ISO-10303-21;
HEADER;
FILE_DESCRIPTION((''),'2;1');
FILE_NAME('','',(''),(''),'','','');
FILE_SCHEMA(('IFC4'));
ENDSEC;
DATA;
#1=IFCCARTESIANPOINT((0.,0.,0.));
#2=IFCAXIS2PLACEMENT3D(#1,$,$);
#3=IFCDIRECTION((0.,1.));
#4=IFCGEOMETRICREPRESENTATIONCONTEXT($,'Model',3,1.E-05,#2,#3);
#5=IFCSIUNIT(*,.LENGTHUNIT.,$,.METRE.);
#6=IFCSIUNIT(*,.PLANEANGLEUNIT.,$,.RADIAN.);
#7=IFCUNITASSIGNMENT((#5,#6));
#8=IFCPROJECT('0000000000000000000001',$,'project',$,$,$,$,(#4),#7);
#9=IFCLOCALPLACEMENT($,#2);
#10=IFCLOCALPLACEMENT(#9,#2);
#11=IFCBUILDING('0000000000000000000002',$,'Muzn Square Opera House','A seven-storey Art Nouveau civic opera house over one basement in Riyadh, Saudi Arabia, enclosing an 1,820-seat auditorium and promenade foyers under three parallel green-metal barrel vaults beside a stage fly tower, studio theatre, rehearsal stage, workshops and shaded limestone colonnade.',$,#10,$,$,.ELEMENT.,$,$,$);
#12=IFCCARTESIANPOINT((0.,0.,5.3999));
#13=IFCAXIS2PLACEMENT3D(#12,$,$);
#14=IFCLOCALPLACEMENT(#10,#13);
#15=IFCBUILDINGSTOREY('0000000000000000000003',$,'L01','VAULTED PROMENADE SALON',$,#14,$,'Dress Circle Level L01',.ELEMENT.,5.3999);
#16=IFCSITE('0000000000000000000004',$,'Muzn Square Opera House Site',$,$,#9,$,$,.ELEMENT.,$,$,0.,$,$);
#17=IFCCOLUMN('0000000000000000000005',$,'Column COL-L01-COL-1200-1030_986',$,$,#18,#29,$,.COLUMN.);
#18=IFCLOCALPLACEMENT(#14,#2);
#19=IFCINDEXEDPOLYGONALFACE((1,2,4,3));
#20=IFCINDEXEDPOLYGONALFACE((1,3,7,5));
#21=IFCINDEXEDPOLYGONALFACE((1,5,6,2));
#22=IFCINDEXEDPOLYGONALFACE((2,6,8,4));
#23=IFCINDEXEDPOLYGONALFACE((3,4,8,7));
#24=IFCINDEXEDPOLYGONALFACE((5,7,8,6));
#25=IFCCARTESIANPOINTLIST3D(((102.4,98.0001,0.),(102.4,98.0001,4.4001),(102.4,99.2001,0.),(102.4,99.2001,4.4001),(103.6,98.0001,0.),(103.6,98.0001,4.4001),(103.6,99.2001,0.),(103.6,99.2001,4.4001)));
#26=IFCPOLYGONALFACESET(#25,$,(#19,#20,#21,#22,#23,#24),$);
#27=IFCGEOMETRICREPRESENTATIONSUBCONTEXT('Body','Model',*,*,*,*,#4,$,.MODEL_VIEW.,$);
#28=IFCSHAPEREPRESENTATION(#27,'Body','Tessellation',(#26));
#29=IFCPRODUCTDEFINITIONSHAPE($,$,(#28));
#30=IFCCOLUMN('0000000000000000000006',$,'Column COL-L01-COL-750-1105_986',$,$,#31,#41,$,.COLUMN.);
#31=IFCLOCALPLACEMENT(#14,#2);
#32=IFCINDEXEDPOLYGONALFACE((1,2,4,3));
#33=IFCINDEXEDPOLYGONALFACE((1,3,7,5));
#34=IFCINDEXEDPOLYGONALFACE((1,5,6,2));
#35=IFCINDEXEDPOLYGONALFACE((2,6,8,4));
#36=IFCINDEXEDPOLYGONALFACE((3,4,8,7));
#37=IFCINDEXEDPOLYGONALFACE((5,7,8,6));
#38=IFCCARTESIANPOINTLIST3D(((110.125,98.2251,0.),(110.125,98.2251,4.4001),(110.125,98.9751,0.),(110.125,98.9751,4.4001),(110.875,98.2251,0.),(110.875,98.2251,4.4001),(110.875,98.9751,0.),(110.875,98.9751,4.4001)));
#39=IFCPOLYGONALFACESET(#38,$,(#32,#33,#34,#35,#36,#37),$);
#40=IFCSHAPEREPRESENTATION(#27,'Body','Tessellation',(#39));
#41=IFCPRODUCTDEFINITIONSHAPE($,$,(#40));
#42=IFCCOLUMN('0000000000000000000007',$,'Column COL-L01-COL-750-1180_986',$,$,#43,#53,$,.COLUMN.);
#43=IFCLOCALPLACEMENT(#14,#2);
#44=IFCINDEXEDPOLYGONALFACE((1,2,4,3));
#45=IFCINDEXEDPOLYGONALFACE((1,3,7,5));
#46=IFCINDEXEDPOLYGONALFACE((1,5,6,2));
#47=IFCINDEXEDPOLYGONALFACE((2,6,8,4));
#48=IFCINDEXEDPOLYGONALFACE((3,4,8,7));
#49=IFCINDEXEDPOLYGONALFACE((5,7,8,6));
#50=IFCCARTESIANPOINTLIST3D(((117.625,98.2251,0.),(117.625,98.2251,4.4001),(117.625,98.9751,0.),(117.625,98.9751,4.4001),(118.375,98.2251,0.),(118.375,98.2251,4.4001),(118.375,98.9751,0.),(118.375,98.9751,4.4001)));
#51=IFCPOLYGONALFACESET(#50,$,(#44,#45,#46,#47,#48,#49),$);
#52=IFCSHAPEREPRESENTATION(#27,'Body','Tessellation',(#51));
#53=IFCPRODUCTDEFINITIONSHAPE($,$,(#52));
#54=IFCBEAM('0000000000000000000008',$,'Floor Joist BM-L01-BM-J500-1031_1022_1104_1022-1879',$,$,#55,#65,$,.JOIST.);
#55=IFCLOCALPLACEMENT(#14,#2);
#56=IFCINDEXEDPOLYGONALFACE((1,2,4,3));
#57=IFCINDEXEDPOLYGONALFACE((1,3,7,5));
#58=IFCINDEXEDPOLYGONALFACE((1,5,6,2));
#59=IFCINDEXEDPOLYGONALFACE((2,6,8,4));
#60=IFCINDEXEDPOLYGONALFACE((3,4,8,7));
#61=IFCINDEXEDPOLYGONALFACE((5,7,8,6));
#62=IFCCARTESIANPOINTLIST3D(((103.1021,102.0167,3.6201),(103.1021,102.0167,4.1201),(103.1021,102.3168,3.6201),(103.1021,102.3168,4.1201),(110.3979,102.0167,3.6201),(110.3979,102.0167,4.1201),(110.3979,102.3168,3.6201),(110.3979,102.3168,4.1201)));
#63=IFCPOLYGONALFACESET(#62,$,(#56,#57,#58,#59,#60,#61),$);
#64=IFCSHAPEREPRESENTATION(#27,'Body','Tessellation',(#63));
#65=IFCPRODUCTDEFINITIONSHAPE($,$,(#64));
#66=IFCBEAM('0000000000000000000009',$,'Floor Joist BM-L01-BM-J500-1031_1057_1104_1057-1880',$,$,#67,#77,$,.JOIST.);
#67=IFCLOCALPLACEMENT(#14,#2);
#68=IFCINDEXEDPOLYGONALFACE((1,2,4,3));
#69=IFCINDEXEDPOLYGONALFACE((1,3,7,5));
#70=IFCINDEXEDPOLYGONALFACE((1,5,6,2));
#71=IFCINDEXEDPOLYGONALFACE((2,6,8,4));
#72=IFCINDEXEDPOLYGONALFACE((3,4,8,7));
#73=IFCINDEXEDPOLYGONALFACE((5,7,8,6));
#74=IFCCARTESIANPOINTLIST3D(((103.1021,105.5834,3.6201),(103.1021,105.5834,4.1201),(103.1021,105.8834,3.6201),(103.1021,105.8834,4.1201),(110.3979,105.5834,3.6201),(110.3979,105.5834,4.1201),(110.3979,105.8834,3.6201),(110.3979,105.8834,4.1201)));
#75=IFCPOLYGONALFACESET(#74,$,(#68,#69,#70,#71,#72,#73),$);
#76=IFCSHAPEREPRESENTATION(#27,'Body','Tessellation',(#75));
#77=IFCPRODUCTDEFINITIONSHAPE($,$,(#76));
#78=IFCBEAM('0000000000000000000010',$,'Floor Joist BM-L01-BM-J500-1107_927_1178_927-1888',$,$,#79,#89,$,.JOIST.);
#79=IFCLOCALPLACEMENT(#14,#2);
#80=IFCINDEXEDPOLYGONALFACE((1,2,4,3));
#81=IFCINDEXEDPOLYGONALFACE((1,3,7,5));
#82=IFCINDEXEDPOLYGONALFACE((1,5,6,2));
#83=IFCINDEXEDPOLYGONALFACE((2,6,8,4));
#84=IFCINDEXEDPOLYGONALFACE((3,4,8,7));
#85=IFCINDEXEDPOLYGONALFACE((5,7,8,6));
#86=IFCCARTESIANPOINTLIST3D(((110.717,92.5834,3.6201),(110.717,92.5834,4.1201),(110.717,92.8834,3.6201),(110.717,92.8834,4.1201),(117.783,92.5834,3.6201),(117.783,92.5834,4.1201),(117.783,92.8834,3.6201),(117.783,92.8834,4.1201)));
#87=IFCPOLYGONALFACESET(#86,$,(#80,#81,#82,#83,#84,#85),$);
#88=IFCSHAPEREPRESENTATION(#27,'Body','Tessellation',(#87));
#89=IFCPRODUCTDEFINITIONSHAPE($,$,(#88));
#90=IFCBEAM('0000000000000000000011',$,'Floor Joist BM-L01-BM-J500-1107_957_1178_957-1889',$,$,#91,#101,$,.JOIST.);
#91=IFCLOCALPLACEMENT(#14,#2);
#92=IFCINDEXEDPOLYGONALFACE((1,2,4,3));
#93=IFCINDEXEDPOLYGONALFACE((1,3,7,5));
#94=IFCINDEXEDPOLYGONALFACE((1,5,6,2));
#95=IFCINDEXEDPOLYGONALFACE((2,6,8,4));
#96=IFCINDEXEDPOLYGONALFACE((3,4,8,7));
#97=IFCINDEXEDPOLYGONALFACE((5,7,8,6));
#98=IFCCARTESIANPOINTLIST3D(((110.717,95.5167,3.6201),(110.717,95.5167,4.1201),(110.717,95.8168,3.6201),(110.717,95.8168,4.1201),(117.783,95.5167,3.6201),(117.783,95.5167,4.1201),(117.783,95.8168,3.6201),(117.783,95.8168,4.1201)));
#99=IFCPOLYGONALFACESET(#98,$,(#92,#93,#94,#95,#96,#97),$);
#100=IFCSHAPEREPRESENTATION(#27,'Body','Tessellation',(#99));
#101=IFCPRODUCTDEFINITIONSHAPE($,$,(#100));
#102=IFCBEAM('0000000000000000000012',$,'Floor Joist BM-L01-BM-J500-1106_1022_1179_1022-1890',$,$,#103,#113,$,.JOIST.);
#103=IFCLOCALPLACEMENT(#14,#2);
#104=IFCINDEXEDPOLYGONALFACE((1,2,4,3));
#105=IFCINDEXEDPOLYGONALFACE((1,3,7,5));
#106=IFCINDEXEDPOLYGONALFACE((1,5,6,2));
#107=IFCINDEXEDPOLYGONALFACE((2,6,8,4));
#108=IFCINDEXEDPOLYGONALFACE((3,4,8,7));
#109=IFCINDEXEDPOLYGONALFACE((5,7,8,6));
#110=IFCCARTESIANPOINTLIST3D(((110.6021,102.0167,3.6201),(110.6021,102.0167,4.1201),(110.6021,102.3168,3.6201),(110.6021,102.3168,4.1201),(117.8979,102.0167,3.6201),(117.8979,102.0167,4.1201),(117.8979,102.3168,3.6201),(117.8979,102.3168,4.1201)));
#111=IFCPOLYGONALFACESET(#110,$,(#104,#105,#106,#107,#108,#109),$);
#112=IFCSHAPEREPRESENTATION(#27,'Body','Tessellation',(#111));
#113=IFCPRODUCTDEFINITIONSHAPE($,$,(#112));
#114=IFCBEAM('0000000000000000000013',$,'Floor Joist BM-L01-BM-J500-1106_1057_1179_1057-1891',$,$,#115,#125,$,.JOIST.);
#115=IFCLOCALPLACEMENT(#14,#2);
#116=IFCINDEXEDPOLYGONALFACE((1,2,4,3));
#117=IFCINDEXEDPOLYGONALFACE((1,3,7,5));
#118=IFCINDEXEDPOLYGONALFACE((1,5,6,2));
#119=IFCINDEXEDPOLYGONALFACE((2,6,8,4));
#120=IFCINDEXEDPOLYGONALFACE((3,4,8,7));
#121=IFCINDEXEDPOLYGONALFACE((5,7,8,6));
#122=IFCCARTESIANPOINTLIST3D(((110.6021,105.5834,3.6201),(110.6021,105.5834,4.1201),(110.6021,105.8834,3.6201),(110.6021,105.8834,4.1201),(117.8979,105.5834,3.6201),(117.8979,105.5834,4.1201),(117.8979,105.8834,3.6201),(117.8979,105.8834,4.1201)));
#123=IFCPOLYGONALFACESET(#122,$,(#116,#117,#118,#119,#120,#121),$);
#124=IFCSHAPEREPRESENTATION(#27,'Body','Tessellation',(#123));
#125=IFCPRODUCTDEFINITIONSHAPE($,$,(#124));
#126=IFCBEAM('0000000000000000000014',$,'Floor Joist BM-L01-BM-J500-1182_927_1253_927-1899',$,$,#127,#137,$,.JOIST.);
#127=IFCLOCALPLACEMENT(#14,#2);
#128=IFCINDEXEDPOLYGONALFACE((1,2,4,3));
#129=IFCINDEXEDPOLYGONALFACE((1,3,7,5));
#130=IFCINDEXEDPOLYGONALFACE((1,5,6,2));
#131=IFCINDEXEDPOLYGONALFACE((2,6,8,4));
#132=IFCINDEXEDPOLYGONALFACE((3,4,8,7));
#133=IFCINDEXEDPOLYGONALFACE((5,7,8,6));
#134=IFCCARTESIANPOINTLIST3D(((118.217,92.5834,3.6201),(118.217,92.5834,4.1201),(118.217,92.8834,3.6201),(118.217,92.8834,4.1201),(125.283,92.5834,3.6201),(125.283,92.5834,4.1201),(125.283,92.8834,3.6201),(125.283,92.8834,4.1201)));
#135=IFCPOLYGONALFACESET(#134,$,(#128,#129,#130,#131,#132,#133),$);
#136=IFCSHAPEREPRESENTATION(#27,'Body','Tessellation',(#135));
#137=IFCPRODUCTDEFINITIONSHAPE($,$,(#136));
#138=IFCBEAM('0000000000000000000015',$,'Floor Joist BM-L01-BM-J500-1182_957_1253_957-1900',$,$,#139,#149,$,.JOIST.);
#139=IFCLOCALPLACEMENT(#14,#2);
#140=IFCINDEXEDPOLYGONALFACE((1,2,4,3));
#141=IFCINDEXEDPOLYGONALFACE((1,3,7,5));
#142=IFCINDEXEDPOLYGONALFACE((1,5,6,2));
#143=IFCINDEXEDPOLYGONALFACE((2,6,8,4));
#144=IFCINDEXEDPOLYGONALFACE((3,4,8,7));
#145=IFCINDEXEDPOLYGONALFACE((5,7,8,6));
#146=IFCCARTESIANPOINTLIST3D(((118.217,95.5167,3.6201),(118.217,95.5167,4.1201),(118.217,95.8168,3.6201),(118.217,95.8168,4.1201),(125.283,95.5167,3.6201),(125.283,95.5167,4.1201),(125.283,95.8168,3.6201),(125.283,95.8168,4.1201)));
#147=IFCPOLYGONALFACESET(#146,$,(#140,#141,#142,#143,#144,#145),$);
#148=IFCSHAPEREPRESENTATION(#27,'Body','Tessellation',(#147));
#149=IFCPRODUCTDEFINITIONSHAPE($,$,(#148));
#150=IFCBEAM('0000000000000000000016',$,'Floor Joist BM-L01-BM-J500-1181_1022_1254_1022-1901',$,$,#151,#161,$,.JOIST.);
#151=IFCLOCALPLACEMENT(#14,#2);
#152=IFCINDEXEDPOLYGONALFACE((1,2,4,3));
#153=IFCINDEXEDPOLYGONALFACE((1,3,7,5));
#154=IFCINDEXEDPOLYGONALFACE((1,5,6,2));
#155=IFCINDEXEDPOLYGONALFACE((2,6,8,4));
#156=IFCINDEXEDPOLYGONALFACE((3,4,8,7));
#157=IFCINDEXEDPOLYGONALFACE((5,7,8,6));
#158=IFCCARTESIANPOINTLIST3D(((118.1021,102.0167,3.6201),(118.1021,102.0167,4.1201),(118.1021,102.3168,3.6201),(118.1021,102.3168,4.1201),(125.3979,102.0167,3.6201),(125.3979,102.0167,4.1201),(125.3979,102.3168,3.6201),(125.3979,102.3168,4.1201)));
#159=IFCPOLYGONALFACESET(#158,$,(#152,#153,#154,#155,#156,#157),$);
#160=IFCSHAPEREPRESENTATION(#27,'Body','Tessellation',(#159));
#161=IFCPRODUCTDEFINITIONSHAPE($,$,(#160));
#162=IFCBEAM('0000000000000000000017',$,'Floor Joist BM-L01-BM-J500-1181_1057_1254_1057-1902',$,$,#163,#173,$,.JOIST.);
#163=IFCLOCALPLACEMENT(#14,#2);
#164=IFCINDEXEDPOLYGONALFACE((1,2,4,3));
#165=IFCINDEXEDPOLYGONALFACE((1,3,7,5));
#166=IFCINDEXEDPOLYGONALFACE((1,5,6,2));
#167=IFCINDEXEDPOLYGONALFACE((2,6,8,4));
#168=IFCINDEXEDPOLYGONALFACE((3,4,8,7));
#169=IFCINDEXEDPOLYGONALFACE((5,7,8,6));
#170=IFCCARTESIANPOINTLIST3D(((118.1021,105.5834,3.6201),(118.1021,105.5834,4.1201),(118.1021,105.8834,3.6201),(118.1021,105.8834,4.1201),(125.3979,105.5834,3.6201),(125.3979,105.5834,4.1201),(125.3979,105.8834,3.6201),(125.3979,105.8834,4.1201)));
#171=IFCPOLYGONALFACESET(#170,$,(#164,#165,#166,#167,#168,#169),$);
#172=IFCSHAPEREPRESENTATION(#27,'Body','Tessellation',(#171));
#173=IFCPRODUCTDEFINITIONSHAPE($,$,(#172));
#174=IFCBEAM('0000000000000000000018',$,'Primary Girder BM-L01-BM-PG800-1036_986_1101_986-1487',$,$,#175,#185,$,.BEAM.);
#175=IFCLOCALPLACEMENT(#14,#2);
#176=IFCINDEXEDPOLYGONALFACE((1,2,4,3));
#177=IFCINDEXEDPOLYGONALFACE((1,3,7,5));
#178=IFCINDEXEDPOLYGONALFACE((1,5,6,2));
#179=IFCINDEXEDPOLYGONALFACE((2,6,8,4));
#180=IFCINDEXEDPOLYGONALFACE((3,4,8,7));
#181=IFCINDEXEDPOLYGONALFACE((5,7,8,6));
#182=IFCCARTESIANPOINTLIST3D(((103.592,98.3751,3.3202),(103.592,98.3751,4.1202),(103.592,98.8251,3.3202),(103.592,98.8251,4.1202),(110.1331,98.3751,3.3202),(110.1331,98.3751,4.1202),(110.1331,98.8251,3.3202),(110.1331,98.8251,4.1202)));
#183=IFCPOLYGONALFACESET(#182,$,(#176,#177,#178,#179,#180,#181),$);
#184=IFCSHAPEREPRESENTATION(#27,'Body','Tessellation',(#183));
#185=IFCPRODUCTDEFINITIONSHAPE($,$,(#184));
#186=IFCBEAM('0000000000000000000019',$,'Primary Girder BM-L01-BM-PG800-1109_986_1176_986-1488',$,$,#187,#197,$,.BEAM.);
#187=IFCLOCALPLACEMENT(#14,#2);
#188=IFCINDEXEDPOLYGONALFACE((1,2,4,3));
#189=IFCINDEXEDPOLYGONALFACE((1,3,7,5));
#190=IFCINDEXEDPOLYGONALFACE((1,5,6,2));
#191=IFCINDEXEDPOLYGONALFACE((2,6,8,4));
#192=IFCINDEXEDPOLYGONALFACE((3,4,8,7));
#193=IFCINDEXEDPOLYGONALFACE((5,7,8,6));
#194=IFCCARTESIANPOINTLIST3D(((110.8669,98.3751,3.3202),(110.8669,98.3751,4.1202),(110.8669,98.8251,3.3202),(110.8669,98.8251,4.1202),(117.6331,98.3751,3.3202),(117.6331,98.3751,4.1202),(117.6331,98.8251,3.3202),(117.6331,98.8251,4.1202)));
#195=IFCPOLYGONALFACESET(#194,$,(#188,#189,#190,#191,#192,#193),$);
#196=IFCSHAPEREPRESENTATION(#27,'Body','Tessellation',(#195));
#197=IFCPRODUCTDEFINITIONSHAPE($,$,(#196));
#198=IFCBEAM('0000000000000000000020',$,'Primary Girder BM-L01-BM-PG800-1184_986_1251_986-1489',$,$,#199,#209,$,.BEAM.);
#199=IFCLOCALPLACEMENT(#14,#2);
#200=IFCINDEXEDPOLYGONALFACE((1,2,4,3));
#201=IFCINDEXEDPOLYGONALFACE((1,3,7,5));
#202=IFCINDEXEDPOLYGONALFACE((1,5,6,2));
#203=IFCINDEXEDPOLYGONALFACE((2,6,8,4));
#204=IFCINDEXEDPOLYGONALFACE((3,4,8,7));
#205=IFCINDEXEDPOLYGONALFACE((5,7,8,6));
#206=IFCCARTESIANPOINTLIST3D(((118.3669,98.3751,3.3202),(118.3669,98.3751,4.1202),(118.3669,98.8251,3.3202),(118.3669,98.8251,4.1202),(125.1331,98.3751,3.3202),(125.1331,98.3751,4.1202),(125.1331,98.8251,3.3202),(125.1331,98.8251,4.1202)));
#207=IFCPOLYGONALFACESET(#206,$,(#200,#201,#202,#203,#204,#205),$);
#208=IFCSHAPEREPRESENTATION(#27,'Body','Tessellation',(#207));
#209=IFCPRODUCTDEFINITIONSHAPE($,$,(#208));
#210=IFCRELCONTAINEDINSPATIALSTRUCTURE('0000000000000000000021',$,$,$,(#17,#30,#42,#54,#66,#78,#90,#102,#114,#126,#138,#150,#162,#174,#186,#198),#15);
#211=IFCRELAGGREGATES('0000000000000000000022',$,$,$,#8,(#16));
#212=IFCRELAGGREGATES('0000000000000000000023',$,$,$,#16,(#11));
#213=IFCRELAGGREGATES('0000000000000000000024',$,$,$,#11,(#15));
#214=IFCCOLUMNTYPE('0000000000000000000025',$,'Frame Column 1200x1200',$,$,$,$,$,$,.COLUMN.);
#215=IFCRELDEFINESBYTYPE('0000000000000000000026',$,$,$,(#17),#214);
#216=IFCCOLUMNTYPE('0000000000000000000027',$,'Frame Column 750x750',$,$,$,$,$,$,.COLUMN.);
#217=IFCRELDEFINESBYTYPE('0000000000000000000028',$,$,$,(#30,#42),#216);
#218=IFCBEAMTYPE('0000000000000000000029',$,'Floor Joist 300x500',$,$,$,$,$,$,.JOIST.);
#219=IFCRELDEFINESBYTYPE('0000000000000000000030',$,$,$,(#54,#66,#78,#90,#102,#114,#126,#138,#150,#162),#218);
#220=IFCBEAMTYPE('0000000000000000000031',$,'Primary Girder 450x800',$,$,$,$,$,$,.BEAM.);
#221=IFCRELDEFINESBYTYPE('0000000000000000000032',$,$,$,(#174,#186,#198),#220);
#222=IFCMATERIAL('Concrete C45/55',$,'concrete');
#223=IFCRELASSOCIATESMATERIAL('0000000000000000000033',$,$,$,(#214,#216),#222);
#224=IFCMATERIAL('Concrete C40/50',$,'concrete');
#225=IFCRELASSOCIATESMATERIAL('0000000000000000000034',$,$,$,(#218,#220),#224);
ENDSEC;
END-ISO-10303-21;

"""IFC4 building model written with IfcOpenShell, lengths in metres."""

from ifc_helpers import new_model, si_unit, direction, frame, origin, origin_2d, place, context, subcontext, project, spatial, rectangle, extrude, material, material_profile, profile_set, type_object, element, save


model = new_model("IFC4")

# Units and contexts
model_context = context("Model", 3, precision=1e-05, world=origin(), true_north=direction((0.0, 1.0)))
body_context = subcontext(model_context, "Body", "Model", "MODEL_VIEW")
ifc_project = project(units=[si_unit("LENGTHUNIT", "METRE"), si_unit("PLANEANGLEUNIT", "RADIAN")], contexts=[model_context])

# Site, building, storey
site_placement = place(None, origin())
site = spatial("IfcSite", under=ifc_project, at=site_placement, Name="Muzn Square Opera House Site", CompositionType="ELEMENT", RefElevation=0.0)
building_placement = place(site_placement, origin())
building = spatial("IfcBuilding", under=site, at=building_placement, Name="Muzn Square Opera House", Description="A seven-storey Art Nouveau civic opera house over one basement in Riyadh, Saudi Arabia, enclosing an 1,820-seat auditorium and promenade foyers under three parallel green-metal barrel vaults beside a stage fly tower, studio theatre, rehearsal stage, workshops and shaded limestone colonnade.", CompositionType="ELEMENT")
storey_placement = place(building_placement, frame((0.0, 0.0, 5.3999)))
storey = spatial("IfcBuildingStorey", under=building, at=storey_placement, Name="L01", Description="VAULTED PROMENADE SALON", LongName="Dress Circle Level L01", CompositionType="ELEMENT", Elevation=5.3999)

# Columns
ifc_material_1 = material(Name="Concrete C45/55", Category="concrete")
ifc_material_profile_1 = material_profile(ifc_material_1, rectangle(XDim=1.2, YDim=1.2, at=origin_2d()), Name="RC 1200x1200", Category="concrete")
ifc_profile_set_1 = profile_set([ifc_material_profile_1], Name="Concrete C45/55")
column_type_1 = type_object("IfcColumnType", Name="Frame Column 1200x1200", PredefinedType="COLUMN", material=ifc_profile_set_1)
column_placement = place(storey_placement, frame((103.0, 98.6001, 0.0), z_axis=(0.0, 0.0, 1.0), x_axis=(1.0, 0.0, 0.0)))
element("IfcColumn", 1, at=column_placement, inside=storey, type_object=column_type_1, Name="Column COL-L01-COL-1200-1030_986", PredefinedType="COLUMN", context=body_context, shape_type="SweptSolid", body=[
    extrude(rectangle(XDim=1.2, YDim=1.2, at=origin_2d()), origin(), (0.0, 0.0, 1.0), 4.4001),
])
ifc_material_profile_2 = material_profile(ifc_material_1, rectangle(XDim=0.75, YDim=0.75, at=origin_2d()), Name="RC 750x750", Category="concrete")
ifc_profile_set_2 = profile_set([ifc_material_profile_2], Name="Concrete C45/55")
column_type_2 = type_object("IfcColumnType", Name="Frame Column 750x750", PredefinedType="COLUMN", material=ifc_profile_set_2)
for number, where, z_axis, x_axis, name in (
    (2, (110.5, 98.6001, 0.0), (0.0, 0.0, 1.0), (1.0, 0.0, 0.0), "Column COL-L01-COL-750-1105_986"),
    (3, (118.0, 98.6001, 0.0), (0.0, 0.0, 1.0), (1.0, 0.0, 0.0), "Column COL-L01-COL-750-1180_986"),
):
    element("IfcColumn", number, at=place(storey_placement, frame(where, z_axis=z_axis, x_axis=x_axis)), inside=storey, type_object=column_type_2, Name=name, PredefinedType="COLUMN", context=body_context, shape_type="SweptSolid", body=[
        extrude(rectangle(XDim=0.75, YDim=0.75, at=origin_2d()), origin(), (0.0, 0.0, 1.0), 4.4001),
    ])

# Beams
ifc_material_2 = material(Name="Concrete C40/50", Category="concrete")
ifc_material_profile_3 = material_profile(ifc_material_2, rectangle(XDim=0.3, YDim=0.5, at=origin_2d()), Name="RCJ 300x500", Category="concrete")
ifc_profile_set_3 = profile_set([ifc_material_profile_3], Name="Concrete C40/50")
beam_type_1 = type_object("IfcBeamType", Name="Floor Joist 300x500", PredefinedType="JOIST", material=ifc_profile_set_3)
for number, where, z_axis, x_axis, name in (
    (4, (103.1021, 102.1667, 3.8701), (1.0, 0.0, 0.0), (0.0, 1.0, 0.0), "Floor Joist BM-L01-BM-J500-1031_1022_1104_1022-1879"),
    (5, (103.1021, 105.7334, 3.8701), (1.0, 0.0, 0.0), (0.0, 1.0, 0.0), "Floor Joist BM-L01-BM-J500-1031_1057_1104_1057-1880"),
):
    element("IfcBeam", number, at=place(storey_placement, frame(where, z_axis=z_axis, x_axis=x_axis)), inside=storey, type_object=beam_type_1, Name=name, PredefinedType="JOIST", context=body_context, shape_type="SweptSolid", body=[
        extrude(rectangle(XDim=0.3, YDim=0.5, at=origin_2d()), origin(), (0.0, 0.0, 1.0), 7.2959),
    ])
for number, where, z_axis, x_axis, name in (
    (6, (110.717, 92.7334, 3.8701), (1.0, 0.0, 0.0), (0.0, 1.0, 0.0), "Floor Joist BM-L01-BM-J500-1107_927_1178_927-1888"),
    (7, (110.717, 95.6667, 3.8701), (1.0, 0.0, 0.0), (0.0, 1.0, 0.0), "Floor Joist BM-L01-BM-J500-1107_957_1178_957-1889"),
):
    element("IfcBeam", number, at=place(storey_placement, frame(where, z_axis=z_axis, x_axis=x_axis)), inside=storey, type_object=beam_type_1, Name=name, PredefinedType="JOIST", context=body_context, shape_type="SweptSolid", body=[
        extrude(rectangle(XDim=0.3, YDim=0.5, at=origin_2d()), origin(), (0.0, 0.0, 1.0), 7.0659),
    ])
for number, where, z_axis, x_axis, name in (
    (8, (110.6021, 102.1667, 3.8701), (1.0, 0.0, 0.0), (0.0, 1.0, 0.0), "Floor Joist BM-L01-BM-J500-1106_1022_1179_1022-1890"),
    (9, (110.6021, 105.7334, 3.8701), (1.0, 0.0, 0.0), (0.0, 1.0, 0.0), "Floor Joist BM-L01-BM-J500-1106_1057_1179_1057-1891"),
):
    element("IfcBeam", number, at=place(storey_placement, frame(where, z_axis=z_axis, x_axis=x_axis)), inside=storey, type_object=beam_type_1, Name=name, PredefinedType="JOIST", context=body_context, shape_type="SweptSolid", body=[
        extrude(rectangle(XDim=0.3, YDim=0.5, at=origin_2d()), origin(), (0.0, 0.0, 1.0), 7.2959),
    ])
for number, where, z_axis, x_axis, name in (
    (10, (118.217, 92.7334, 3.8701), (1.0, 0.0, 0.0), (0.0, 1.0, 0.0), "Floor Joist BM-L01-BM-J500-1182_927_1253_927-1899"),
    (11, (118.217, 95.6667, 3.8701), (1.0, 0.0, 0.0), (0.0, 1.0, 0.0), "Floor Joist BM-L01-BM-J500-1182_957_1253_957-1900"),
):
    element("IfcBeam", number, at=place(storey_placement, frame(where, z_axis=z_axis, x_axis=x_axis)), inside=storey, type_object=beam_type_1, Name=name, PredefinedType="JOIST", context=body_context, shape_type="SweptSolid", body=[
        extrude(rectangle(XDim=0.3, YDim=0.5, at=origin_2d()), origin(), (0.0, 0.0, 1.0), 7.0659),
    ])
for number, where, z_axis, x_axis, name in (
    (12, (118.1021, 102.1667, 3.8701), (1.0, 0.0, 0.0), (0.0, 1.0, 0.0), "Floor Joist BM-L01-BM-J500-1181_1022_1254_1022-1901"),
    (13, (118.1021, 105.7334, 3.8701), (1.0, 0.0, 0.0), (0.0, 1.0, 0.0), "Floor Joist BM-L01-BM-J500-1181_1057_1254_1057-1902"),
):
    element("IfcBeam", number, at=place(storey_placement, frame(where, z_axis=z_axis, x_axis=x_axis)), inside=storey, type_object=beam_type_1, Name=name, PredefinedType="JOIST", context=body_context, shape_type="SweptSolid", body=[
        extrude(rectangle(XDim=0.3, YDim=0.5, at=origin_2d()), origin(), (0.0, 0.0, 1.0), 7.2959),
    ])
ifc_material_profile_4 = material_profile(ifc_material_2, rectangle(XDim=0.45, YDim=0.8, at=origin_2d()), Name="RCB 450x800", Category="concrete")
ifc_profile_set_4 = profile_set([ifc_material_profile_4], Name="Concrete C40/50")
beam_type_2 = type_object("IfcBeamType", Name="Primary Girder 450x800", PredefinedType="BEAM", material=ifc_profile_set_4)
beam_1_placement = place(storey_placement, frame((103.592, 98.6001, 3.7202), z_axis=(1.0, 0.0, 0.0), x_axis=(0.0, 1.0, 0.0)))
element("IfcBeam", 14, at=beam_1_placement, inside=storey, type_object=beam_type_2, Name="Primary Girder BM-L01-BM-PG800-1036_986_1101_986-1487", PredefinedType="BEAM", context=body_context, shape_type="SweptSolid", body=[
    extrude(rectangle(XDim=0.45, YDim=0.8, at=origin_2d()), origin(), (0.0, 0.0, 1.0), 6.541),
])
for number, where, z_axis, x_axis, name in (
    (15, (110.8669, 98.6001, 3.7202), (1.0, 0.0, 0.0), (0.0, 1.0, 0.0), "Primary Girder BM-L01-BM-PG800-1109_986_1176_986-1488"),
    (16, (118.3669, 98.6001, 3.7202), (1.0, 0.0, 0.0), (0.0, 1.0, 0.0), "Primary Girder BM-L01-BM-PG800-1184_986_1251_986-1489"),
):
    element("IfcBeam", number, at=place(storey_placement, frame(where, z_axis=z_axis, x_axis=x_axis)), inside=storey, type_object=beam_type_2, Name=name, PredefinedType="BEAM", context=body_context, shape_type="SweptSolid", body=[
        extrude(rectangle(XDim=0.45, YDim=0.8, at=origin_2d()), origin(), (0.0, 0.0, 1.0), 6.7661),
    ])

save(model, "model.ifc")
